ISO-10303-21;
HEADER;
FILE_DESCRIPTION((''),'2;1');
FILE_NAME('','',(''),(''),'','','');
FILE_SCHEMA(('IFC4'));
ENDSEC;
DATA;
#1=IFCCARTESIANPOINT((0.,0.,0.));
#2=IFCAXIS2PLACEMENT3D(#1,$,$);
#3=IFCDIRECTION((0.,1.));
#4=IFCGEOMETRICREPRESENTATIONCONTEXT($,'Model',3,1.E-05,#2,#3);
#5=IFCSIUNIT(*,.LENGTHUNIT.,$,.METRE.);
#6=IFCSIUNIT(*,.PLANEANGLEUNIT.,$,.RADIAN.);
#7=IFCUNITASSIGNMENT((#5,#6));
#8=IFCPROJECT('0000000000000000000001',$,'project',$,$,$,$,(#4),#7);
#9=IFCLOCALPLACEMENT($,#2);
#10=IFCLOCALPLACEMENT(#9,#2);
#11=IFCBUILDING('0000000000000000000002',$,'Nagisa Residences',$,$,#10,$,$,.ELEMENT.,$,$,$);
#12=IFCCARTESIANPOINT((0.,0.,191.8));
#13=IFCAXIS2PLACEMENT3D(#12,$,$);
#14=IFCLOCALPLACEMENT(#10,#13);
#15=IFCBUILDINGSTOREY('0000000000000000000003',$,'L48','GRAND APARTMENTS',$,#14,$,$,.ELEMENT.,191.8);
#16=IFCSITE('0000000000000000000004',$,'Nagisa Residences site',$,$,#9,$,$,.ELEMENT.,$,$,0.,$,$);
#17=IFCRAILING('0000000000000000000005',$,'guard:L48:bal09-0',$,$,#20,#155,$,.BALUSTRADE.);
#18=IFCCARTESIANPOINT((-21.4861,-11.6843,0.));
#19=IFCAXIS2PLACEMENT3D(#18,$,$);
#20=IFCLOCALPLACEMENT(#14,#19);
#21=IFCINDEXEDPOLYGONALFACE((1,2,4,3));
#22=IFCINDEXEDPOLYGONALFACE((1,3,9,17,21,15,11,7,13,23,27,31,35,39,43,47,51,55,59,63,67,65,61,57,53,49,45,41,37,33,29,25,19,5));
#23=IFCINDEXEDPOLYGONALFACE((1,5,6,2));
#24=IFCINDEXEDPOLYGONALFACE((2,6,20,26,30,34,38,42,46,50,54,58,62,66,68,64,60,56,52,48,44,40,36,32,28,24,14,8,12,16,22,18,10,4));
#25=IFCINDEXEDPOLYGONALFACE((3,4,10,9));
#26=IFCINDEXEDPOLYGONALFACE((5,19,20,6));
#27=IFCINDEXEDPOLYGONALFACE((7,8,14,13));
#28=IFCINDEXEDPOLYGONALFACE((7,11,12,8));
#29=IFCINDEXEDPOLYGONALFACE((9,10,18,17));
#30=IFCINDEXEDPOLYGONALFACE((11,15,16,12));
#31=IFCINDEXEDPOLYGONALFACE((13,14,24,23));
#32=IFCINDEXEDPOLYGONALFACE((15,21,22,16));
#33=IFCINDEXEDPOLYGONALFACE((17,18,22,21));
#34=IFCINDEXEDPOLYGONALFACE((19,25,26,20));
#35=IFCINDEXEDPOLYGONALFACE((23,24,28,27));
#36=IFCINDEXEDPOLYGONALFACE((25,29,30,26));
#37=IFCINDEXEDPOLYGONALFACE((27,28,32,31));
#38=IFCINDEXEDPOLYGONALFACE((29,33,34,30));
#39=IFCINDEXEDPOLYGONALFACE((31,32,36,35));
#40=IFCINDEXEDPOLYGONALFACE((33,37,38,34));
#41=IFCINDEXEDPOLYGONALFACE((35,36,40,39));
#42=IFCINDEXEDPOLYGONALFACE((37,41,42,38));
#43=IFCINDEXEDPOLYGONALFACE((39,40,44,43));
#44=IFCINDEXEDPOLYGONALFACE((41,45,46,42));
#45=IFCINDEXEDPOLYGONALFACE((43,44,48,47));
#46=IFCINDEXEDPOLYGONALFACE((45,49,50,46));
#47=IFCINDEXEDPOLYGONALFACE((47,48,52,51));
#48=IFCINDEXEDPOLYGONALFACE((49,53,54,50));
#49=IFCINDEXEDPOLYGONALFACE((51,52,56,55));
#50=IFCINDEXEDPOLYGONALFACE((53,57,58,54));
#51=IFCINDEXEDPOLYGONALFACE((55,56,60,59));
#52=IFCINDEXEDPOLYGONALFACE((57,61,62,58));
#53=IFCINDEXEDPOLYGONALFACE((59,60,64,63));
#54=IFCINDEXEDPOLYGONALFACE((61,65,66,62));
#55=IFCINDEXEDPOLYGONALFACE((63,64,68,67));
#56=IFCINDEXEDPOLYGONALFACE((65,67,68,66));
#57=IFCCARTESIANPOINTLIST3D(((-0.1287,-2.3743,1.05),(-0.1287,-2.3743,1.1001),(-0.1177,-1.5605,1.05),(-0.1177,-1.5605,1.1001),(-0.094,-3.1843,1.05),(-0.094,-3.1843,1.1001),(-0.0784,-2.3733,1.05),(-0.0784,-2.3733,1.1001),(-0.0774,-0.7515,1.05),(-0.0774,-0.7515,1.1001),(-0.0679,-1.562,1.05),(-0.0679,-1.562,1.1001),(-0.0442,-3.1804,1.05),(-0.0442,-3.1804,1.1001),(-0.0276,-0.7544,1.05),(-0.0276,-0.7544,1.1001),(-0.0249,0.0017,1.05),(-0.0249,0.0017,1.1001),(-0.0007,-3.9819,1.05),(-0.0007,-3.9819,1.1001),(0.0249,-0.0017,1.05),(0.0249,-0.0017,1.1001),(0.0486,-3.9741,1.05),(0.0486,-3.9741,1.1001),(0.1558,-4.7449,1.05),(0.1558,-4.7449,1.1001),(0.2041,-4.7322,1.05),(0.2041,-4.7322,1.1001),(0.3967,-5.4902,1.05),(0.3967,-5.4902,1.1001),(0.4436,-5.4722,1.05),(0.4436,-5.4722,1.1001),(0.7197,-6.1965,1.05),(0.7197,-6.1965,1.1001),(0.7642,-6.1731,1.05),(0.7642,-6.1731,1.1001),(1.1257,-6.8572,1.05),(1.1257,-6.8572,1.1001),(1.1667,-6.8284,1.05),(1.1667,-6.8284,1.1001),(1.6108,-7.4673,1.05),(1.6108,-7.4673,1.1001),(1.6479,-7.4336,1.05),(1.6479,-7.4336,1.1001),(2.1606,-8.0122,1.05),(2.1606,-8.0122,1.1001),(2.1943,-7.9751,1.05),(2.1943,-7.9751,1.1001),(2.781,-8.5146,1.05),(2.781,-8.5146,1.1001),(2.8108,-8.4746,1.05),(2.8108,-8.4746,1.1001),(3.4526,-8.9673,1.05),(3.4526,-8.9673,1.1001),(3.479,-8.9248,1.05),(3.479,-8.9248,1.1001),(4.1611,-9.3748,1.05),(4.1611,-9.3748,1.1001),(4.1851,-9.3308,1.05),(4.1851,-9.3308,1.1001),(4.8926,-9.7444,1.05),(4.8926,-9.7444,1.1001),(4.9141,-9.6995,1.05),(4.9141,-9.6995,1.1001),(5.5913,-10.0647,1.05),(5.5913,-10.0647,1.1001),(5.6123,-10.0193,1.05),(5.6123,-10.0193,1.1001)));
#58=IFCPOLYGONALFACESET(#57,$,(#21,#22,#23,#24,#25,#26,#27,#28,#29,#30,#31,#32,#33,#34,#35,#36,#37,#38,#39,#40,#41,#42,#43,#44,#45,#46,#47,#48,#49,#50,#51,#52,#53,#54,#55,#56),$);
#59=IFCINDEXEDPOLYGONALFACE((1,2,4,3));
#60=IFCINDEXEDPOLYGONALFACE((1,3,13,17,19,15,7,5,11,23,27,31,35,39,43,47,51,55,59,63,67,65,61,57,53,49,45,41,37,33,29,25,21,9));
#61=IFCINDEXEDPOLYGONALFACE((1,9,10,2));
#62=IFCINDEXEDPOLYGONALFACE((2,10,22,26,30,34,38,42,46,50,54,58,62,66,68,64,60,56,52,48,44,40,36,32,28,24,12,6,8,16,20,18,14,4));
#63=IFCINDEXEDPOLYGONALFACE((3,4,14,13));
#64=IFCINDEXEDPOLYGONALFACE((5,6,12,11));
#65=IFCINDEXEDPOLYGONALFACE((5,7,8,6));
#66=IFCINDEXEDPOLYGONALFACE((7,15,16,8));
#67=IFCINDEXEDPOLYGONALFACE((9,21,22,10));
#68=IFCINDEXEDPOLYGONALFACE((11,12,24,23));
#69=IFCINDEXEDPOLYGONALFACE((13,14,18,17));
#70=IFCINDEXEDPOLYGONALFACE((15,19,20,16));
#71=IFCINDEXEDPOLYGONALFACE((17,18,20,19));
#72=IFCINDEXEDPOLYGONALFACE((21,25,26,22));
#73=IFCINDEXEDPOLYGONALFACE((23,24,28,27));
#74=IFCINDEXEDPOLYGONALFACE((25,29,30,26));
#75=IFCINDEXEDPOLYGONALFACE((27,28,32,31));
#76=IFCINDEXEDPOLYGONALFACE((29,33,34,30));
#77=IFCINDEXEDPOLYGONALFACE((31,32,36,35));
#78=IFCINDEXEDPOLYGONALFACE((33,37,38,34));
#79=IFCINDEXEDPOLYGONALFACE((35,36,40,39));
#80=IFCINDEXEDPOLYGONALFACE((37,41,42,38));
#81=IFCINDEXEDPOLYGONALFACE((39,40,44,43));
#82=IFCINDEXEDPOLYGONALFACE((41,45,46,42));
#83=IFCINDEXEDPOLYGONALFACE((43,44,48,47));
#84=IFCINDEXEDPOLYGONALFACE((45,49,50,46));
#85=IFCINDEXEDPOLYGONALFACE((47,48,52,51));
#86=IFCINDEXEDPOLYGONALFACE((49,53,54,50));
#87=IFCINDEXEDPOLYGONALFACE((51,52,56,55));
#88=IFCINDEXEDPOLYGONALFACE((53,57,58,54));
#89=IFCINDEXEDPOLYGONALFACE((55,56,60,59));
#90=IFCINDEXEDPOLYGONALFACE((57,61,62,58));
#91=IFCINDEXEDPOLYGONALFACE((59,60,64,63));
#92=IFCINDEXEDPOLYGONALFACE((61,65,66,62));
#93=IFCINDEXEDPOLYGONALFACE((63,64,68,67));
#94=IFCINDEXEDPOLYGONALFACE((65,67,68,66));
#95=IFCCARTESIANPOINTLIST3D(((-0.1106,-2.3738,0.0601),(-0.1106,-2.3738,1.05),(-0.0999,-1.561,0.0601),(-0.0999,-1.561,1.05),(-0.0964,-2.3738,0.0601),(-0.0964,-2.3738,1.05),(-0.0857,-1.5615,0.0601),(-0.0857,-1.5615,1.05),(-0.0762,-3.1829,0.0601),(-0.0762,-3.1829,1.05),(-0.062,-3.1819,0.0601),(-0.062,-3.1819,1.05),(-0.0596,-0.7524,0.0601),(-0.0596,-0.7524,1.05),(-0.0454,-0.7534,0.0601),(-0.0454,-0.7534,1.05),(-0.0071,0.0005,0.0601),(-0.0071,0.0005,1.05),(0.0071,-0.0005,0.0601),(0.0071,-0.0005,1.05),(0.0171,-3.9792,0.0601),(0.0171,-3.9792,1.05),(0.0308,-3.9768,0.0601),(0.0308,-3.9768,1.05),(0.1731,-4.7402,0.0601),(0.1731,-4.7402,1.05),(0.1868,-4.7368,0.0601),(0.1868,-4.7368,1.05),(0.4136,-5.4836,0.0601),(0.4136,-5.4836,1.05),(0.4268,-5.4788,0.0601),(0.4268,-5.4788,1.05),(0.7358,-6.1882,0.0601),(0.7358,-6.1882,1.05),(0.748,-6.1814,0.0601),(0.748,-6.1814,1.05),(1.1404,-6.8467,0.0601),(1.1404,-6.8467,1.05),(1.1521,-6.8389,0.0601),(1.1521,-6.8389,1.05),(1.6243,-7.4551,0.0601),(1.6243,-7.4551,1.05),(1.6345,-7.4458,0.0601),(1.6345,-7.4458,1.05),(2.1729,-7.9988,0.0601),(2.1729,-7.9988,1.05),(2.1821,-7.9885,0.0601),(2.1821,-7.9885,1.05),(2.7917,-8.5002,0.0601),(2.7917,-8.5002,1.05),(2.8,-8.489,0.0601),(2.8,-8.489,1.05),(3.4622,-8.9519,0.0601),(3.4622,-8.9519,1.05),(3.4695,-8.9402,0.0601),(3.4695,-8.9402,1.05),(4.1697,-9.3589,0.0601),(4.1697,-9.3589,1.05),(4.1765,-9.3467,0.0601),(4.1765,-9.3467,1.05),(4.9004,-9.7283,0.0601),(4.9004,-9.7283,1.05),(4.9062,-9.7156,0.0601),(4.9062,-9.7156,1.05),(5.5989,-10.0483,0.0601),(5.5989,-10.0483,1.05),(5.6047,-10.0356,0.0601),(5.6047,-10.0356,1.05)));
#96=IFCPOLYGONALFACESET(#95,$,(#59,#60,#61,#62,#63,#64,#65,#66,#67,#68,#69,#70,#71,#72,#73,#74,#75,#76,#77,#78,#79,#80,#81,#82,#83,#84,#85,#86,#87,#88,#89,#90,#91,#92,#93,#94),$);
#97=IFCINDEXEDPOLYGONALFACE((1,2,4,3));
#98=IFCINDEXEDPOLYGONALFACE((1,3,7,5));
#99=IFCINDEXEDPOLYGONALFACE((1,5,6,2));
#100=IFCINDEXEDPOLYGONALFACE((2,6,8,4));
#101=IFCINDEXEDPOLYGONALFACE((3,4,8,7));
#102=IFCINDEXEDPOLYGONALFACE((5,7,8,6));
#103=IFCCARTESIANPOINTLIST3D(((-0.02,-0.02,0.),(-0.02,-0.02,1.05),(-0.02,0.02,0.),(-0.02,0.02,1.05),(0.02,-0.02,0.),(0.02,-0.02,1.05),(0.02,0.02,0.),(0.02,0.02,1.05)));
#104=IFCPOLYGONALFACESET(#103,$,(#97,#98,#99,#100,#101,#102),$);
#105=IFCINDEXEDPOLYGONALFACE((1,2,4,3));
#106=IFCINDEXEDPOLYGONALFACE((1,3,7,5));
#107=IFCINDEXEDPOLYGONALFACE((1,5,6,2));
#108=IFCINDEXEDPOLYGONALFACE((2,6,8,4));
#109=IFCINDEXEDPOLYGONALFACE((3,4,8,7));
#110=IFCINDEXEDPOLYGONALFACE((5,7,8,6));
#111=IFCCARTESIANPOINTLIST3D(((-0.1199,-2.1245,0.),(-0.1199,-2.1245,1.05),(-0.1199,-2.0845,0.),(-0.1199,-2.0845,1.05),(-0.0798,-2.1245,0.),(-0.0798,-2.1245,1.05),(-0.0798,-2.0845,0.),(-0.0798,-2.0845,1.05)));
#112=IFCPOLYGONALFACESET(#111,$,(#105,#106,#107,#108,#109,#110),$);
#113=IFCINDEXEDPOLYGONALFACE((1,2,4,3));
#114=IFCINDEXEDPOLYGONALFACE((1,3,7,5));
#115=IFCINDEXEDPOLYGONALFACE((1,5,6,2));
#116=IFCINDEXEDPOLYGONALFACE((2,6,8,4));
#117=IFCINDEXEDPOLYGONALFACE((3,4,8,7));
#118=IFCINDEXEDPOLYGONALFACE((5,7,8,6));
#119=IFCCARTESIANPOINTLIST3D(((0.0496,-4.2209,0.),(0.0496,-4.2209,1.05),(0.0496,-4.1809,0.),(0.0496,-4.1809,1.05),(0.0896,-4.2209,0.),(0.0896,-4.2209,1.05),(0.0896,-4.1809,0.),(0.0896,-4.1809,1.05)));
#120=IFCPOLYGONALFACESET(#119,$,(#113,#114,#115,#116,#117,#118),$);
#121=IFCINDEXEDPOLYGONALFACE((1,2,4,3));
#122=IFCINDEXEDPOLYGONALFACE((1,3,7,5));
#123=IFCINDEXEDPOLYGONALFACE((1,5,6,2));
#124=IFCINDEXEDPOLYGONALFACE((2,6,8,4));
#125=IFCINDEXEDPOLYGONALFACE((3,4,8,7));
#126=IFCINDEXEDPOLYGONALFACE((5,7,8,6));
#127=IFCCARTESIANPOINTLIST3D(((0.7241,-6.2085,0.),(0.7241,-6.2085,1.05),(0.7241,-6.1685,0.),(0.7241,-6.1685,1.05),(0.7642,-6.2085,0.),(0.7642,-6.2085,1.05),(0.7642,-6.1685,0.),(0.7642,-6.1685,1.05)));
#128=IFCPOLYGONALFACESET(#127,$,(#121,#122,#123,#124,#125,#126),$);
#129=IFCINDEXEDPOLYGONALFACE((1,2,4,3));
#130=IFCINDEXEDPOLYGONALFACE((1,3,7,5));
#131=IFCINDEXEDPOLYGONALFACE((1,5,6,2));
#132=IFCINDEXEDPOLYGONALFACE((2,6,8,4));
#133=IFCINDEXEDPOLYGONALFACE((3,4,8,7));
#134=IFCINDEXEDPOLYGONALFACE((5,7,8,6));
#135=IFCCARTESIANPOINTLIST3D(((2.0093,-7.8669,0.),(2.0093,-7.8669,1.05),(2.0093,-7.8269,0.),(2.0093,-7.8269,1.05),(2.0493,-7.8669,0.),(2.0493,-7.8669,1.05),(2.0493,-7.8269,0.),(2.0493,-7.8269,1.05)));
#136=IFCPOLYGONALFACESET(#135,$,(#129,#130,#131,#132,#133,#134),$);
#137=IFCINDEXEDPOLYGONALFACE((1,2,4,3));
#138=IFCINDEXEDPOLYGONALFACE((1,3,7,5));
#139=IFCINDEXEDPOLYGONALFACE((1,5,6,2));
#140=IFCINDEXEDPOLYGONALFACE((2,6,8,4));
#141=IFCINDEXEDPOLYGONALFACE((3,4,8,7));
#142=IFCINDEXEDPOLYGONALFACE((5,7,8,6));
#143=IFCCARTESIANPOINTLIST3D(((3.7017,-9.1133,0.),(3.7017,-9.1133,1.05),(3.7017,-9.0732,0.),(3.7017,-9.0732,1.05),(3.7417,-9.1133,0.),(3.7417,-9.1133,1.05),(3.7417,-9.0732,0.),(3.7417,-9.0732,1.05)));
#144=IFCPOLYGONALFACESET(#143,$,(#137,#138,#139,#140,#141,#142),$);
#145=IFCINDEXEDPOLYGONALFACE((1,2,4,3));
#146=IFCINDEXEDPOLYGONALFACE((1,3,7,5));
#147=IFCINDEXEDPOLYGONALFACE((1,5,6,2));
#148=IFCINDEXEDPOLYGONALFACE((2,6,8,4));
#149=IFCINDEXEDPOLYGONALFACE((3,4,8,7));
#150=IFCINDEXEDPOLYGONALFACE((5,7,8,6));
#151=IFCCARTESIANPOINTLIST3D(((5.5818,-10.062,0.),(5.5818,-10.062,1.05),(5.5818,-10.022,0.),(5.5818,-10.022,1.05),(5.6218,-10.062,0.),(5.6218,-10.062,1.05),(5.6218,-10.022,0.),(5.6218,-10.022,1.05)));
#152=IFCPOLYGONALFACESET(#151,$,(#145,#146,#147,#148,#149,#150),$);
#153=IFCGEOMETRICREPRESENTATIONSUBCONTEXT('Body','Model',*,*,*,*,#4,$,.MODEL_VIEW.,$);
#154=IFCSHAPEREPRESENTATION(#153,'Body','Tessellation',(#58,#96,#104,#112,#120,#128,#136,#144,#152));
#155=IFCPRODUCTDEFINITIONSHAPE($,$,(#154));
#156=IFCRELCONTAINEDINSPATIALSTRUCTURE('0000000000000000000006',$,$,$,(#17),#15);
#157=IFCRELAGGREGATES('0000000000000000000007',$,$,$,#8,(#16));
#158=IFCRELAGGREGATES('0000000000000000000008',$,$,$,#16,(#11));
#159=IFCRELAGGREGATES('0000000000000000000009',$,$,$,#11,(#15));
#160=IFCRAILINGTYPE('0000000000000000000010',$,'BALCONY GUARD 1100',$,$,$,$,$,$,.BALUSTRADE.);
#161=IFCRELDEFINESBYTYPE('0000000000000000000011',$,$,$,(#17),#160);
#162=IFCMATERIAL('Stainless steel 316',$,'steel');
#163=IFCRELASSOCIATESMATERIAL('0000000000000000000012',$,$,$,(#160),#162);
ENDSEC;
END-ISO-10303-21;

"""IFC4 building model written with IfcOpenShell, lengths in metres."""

from ifc_helpers import new_model, si_unit, direction, frame, origin, origin_2d, place, context, subcontext, project, spatial, polyline, rectangle, outline, extrude, material, type_object, element, save


model = new_model("IFC4")

# Units and contexts
model_context = context("Model", 3, precision=1e-05, world=origin(), true_north=direction((0.0, 1.0)))
body_context = subcontext(model_context, "Body", "Model", "MODEL_VIEW")
ifc_project = project(units=[si_unit("LENGTHUNIT", "METRE"), si_unit("PLANEANGLEUNIT", "RADIAN")], contexts=[model_context])

# Site, building, storey
site_placement = place(None, origin())
site = spatial("IfcSite", under=ifc_project, at=site_placement, Name="Nagisa Residences site", CompositionType="ELEMENT", RefElevation=0.0)
building_placement = place(site_placement, origin())
building = spatial("IfcBuilding", under=site, at=building_placement, Name="Nagisa Residences", CompositionType="ELEMENT")
storey_placement = place(building_placement, frame((0.0, 0.0, 191.8)))
storey = spatial("IfcBuildingStorey", under=building, at=storey_placement, Name="L48", Description="GRAND APARTMENTS", CompositionType="ELEMENT", Elevation=191.8)

# Railing
ifc_material_1 = material(Name="Stainless steel 316", Category="steel")
railing_type = type_object("IfcRailingType", Name="BALCONY GUARD 1100", PredefinedType="BALUSTRADE", material=ifc_material_1)
railing_1_placement = place(storey_placement, frame((-21.4861, -11.6843, 0.0)))
element("IfcRailing", 1, at=railing_1_placement, inside=storey, type_object=railing_type, Name="guard:L48:bal09-0", PredefinedType="BALUSTRADE", context=body_context, shape_type="SweptSolid", body=[
    extrude(outline(polyline([(-0.0276, -0.7544), (0.0249, -0.0017), (-0.0249, 0.0017), (-0.0774, -0.7515), (-0.1177, -1.5605), (-0.1287, -2.3743), (-0.094, -3.1843), (-0.0007, -3.9819), (0.1558, -4.7449), (0.3967, -5.4902), (0.7197, -6.1965), (1.1257, -6.8572), (1.6108, -7.4673), (2.1606, -8.0122), (2.781, -8.5146), (3.4526, -8.9673), (4.1611, -9.3748), (4.8926, -9.7444), (5.5913, -10.0647), (5.6123, -10.0193), (4.9141, -9.6995), (4.1851, -9.3308), (3.479, -8.9248), (2.8108, -8.4746), (2.1943, -7.9751), (1.6479, -7.4336), (1.1667, -6.8284), (0.7642, -6.1731), (0.4436, -5.4722), (0.2041, -4.7322), (0.0486, -3.9741), (-0.0442, -3.1804), (-0.0784, -2.3733), (-0.0679, -1.562), (-0.0276, -0.7544)])), frame((0.0, 0.0, 1.05)), (0.0, 0.0, 1.0), 0.05),
    extrude(outline(polyline([(-0.0454, -0.7534), (0.0071, -0.0005), (-0.0071, 0.0005), (-0.0596, -0.7524), (-0.0999, -1.561), (-0.1106, -2.3738), (-0.0762, -3.1829), (0.0171, -3.9792), (0.1731, -4.7402), (0.4136, -5.4836), (0.7358, -6.1882), (1.1404, -6.8467), (1.6243, -7.4551), (2.1729, -7.9988), (2.7917, -8.5002), (3.4622, -8.9519), (4.1697, -9.3589), (4.9004, -9.7283), (5.5989, -10.0483), (5.6047, -10.0356), (4.9062, -9.7156), (4.1765, -9.3467), (3.4695, -8.9402), (2.8, -8.489), (2.1821, -7.9885), (1.6345, -7.4458), (1.1521, -6.8389), (0.748, -6.1814), (0.4268, -5.4788), (0.1868, -4.7368), (0.0308, -3.9768), (-0.062, -3.1819), (-0.0964, -2.3738), (-0.0857, -1.5615), (-0.0454, -0.7534)])), frame((0.0, 0.0, 0.0601)), (0.0, 0.0, 1.0), 0.99),
    extrude(rectangle(XDim=0.04, YDim=0.04, at=origin_2d()), origin(), (0.0, 0.0, 1.0), 1.05),
    extrude(rectangle(XDim=0.04, YDim=0.04, at=origin_2d()), frame((-0.0999, -2.1045, 0.0)), (0.0, 0.0, 1.0), 1.05),
    extrude(rectangle(XDim=0.04, YDim=0.04, at=origin_2d()), frame((0.0696, -4.2009, 0.0)), (0.0, 0.0, 1.0), 1.05),
    extrude(rectangle(XDim=0.04, YDim=0.04, at=origin_2d()), frame((0.7441, -6.1885, 0.0)), (0.0, 0.0, 1.0), 1.05),
    extrude(rectangle(XDim=0.04, YDim=0.04, at=origin_2d()), frame((2.0293, -7.8469, 0.0)), (0.0, 0.0, 1.0), 1.05),
    extrude(rectangle(XDim=0.04, YDim=0.04, at=origin_2d()), frame((3.7217, -9.0933, 0.0)), (0.0, 0.0, 1.0), 1.05),
    extrude(rectangle(XDim=0.04, YDim=0.04, at=origin_2d()), frame((5.6018, -10.042, 0.0)), (0.0, 0.0, 1.0), 1.05),
])

save(model, "model.ifc")
